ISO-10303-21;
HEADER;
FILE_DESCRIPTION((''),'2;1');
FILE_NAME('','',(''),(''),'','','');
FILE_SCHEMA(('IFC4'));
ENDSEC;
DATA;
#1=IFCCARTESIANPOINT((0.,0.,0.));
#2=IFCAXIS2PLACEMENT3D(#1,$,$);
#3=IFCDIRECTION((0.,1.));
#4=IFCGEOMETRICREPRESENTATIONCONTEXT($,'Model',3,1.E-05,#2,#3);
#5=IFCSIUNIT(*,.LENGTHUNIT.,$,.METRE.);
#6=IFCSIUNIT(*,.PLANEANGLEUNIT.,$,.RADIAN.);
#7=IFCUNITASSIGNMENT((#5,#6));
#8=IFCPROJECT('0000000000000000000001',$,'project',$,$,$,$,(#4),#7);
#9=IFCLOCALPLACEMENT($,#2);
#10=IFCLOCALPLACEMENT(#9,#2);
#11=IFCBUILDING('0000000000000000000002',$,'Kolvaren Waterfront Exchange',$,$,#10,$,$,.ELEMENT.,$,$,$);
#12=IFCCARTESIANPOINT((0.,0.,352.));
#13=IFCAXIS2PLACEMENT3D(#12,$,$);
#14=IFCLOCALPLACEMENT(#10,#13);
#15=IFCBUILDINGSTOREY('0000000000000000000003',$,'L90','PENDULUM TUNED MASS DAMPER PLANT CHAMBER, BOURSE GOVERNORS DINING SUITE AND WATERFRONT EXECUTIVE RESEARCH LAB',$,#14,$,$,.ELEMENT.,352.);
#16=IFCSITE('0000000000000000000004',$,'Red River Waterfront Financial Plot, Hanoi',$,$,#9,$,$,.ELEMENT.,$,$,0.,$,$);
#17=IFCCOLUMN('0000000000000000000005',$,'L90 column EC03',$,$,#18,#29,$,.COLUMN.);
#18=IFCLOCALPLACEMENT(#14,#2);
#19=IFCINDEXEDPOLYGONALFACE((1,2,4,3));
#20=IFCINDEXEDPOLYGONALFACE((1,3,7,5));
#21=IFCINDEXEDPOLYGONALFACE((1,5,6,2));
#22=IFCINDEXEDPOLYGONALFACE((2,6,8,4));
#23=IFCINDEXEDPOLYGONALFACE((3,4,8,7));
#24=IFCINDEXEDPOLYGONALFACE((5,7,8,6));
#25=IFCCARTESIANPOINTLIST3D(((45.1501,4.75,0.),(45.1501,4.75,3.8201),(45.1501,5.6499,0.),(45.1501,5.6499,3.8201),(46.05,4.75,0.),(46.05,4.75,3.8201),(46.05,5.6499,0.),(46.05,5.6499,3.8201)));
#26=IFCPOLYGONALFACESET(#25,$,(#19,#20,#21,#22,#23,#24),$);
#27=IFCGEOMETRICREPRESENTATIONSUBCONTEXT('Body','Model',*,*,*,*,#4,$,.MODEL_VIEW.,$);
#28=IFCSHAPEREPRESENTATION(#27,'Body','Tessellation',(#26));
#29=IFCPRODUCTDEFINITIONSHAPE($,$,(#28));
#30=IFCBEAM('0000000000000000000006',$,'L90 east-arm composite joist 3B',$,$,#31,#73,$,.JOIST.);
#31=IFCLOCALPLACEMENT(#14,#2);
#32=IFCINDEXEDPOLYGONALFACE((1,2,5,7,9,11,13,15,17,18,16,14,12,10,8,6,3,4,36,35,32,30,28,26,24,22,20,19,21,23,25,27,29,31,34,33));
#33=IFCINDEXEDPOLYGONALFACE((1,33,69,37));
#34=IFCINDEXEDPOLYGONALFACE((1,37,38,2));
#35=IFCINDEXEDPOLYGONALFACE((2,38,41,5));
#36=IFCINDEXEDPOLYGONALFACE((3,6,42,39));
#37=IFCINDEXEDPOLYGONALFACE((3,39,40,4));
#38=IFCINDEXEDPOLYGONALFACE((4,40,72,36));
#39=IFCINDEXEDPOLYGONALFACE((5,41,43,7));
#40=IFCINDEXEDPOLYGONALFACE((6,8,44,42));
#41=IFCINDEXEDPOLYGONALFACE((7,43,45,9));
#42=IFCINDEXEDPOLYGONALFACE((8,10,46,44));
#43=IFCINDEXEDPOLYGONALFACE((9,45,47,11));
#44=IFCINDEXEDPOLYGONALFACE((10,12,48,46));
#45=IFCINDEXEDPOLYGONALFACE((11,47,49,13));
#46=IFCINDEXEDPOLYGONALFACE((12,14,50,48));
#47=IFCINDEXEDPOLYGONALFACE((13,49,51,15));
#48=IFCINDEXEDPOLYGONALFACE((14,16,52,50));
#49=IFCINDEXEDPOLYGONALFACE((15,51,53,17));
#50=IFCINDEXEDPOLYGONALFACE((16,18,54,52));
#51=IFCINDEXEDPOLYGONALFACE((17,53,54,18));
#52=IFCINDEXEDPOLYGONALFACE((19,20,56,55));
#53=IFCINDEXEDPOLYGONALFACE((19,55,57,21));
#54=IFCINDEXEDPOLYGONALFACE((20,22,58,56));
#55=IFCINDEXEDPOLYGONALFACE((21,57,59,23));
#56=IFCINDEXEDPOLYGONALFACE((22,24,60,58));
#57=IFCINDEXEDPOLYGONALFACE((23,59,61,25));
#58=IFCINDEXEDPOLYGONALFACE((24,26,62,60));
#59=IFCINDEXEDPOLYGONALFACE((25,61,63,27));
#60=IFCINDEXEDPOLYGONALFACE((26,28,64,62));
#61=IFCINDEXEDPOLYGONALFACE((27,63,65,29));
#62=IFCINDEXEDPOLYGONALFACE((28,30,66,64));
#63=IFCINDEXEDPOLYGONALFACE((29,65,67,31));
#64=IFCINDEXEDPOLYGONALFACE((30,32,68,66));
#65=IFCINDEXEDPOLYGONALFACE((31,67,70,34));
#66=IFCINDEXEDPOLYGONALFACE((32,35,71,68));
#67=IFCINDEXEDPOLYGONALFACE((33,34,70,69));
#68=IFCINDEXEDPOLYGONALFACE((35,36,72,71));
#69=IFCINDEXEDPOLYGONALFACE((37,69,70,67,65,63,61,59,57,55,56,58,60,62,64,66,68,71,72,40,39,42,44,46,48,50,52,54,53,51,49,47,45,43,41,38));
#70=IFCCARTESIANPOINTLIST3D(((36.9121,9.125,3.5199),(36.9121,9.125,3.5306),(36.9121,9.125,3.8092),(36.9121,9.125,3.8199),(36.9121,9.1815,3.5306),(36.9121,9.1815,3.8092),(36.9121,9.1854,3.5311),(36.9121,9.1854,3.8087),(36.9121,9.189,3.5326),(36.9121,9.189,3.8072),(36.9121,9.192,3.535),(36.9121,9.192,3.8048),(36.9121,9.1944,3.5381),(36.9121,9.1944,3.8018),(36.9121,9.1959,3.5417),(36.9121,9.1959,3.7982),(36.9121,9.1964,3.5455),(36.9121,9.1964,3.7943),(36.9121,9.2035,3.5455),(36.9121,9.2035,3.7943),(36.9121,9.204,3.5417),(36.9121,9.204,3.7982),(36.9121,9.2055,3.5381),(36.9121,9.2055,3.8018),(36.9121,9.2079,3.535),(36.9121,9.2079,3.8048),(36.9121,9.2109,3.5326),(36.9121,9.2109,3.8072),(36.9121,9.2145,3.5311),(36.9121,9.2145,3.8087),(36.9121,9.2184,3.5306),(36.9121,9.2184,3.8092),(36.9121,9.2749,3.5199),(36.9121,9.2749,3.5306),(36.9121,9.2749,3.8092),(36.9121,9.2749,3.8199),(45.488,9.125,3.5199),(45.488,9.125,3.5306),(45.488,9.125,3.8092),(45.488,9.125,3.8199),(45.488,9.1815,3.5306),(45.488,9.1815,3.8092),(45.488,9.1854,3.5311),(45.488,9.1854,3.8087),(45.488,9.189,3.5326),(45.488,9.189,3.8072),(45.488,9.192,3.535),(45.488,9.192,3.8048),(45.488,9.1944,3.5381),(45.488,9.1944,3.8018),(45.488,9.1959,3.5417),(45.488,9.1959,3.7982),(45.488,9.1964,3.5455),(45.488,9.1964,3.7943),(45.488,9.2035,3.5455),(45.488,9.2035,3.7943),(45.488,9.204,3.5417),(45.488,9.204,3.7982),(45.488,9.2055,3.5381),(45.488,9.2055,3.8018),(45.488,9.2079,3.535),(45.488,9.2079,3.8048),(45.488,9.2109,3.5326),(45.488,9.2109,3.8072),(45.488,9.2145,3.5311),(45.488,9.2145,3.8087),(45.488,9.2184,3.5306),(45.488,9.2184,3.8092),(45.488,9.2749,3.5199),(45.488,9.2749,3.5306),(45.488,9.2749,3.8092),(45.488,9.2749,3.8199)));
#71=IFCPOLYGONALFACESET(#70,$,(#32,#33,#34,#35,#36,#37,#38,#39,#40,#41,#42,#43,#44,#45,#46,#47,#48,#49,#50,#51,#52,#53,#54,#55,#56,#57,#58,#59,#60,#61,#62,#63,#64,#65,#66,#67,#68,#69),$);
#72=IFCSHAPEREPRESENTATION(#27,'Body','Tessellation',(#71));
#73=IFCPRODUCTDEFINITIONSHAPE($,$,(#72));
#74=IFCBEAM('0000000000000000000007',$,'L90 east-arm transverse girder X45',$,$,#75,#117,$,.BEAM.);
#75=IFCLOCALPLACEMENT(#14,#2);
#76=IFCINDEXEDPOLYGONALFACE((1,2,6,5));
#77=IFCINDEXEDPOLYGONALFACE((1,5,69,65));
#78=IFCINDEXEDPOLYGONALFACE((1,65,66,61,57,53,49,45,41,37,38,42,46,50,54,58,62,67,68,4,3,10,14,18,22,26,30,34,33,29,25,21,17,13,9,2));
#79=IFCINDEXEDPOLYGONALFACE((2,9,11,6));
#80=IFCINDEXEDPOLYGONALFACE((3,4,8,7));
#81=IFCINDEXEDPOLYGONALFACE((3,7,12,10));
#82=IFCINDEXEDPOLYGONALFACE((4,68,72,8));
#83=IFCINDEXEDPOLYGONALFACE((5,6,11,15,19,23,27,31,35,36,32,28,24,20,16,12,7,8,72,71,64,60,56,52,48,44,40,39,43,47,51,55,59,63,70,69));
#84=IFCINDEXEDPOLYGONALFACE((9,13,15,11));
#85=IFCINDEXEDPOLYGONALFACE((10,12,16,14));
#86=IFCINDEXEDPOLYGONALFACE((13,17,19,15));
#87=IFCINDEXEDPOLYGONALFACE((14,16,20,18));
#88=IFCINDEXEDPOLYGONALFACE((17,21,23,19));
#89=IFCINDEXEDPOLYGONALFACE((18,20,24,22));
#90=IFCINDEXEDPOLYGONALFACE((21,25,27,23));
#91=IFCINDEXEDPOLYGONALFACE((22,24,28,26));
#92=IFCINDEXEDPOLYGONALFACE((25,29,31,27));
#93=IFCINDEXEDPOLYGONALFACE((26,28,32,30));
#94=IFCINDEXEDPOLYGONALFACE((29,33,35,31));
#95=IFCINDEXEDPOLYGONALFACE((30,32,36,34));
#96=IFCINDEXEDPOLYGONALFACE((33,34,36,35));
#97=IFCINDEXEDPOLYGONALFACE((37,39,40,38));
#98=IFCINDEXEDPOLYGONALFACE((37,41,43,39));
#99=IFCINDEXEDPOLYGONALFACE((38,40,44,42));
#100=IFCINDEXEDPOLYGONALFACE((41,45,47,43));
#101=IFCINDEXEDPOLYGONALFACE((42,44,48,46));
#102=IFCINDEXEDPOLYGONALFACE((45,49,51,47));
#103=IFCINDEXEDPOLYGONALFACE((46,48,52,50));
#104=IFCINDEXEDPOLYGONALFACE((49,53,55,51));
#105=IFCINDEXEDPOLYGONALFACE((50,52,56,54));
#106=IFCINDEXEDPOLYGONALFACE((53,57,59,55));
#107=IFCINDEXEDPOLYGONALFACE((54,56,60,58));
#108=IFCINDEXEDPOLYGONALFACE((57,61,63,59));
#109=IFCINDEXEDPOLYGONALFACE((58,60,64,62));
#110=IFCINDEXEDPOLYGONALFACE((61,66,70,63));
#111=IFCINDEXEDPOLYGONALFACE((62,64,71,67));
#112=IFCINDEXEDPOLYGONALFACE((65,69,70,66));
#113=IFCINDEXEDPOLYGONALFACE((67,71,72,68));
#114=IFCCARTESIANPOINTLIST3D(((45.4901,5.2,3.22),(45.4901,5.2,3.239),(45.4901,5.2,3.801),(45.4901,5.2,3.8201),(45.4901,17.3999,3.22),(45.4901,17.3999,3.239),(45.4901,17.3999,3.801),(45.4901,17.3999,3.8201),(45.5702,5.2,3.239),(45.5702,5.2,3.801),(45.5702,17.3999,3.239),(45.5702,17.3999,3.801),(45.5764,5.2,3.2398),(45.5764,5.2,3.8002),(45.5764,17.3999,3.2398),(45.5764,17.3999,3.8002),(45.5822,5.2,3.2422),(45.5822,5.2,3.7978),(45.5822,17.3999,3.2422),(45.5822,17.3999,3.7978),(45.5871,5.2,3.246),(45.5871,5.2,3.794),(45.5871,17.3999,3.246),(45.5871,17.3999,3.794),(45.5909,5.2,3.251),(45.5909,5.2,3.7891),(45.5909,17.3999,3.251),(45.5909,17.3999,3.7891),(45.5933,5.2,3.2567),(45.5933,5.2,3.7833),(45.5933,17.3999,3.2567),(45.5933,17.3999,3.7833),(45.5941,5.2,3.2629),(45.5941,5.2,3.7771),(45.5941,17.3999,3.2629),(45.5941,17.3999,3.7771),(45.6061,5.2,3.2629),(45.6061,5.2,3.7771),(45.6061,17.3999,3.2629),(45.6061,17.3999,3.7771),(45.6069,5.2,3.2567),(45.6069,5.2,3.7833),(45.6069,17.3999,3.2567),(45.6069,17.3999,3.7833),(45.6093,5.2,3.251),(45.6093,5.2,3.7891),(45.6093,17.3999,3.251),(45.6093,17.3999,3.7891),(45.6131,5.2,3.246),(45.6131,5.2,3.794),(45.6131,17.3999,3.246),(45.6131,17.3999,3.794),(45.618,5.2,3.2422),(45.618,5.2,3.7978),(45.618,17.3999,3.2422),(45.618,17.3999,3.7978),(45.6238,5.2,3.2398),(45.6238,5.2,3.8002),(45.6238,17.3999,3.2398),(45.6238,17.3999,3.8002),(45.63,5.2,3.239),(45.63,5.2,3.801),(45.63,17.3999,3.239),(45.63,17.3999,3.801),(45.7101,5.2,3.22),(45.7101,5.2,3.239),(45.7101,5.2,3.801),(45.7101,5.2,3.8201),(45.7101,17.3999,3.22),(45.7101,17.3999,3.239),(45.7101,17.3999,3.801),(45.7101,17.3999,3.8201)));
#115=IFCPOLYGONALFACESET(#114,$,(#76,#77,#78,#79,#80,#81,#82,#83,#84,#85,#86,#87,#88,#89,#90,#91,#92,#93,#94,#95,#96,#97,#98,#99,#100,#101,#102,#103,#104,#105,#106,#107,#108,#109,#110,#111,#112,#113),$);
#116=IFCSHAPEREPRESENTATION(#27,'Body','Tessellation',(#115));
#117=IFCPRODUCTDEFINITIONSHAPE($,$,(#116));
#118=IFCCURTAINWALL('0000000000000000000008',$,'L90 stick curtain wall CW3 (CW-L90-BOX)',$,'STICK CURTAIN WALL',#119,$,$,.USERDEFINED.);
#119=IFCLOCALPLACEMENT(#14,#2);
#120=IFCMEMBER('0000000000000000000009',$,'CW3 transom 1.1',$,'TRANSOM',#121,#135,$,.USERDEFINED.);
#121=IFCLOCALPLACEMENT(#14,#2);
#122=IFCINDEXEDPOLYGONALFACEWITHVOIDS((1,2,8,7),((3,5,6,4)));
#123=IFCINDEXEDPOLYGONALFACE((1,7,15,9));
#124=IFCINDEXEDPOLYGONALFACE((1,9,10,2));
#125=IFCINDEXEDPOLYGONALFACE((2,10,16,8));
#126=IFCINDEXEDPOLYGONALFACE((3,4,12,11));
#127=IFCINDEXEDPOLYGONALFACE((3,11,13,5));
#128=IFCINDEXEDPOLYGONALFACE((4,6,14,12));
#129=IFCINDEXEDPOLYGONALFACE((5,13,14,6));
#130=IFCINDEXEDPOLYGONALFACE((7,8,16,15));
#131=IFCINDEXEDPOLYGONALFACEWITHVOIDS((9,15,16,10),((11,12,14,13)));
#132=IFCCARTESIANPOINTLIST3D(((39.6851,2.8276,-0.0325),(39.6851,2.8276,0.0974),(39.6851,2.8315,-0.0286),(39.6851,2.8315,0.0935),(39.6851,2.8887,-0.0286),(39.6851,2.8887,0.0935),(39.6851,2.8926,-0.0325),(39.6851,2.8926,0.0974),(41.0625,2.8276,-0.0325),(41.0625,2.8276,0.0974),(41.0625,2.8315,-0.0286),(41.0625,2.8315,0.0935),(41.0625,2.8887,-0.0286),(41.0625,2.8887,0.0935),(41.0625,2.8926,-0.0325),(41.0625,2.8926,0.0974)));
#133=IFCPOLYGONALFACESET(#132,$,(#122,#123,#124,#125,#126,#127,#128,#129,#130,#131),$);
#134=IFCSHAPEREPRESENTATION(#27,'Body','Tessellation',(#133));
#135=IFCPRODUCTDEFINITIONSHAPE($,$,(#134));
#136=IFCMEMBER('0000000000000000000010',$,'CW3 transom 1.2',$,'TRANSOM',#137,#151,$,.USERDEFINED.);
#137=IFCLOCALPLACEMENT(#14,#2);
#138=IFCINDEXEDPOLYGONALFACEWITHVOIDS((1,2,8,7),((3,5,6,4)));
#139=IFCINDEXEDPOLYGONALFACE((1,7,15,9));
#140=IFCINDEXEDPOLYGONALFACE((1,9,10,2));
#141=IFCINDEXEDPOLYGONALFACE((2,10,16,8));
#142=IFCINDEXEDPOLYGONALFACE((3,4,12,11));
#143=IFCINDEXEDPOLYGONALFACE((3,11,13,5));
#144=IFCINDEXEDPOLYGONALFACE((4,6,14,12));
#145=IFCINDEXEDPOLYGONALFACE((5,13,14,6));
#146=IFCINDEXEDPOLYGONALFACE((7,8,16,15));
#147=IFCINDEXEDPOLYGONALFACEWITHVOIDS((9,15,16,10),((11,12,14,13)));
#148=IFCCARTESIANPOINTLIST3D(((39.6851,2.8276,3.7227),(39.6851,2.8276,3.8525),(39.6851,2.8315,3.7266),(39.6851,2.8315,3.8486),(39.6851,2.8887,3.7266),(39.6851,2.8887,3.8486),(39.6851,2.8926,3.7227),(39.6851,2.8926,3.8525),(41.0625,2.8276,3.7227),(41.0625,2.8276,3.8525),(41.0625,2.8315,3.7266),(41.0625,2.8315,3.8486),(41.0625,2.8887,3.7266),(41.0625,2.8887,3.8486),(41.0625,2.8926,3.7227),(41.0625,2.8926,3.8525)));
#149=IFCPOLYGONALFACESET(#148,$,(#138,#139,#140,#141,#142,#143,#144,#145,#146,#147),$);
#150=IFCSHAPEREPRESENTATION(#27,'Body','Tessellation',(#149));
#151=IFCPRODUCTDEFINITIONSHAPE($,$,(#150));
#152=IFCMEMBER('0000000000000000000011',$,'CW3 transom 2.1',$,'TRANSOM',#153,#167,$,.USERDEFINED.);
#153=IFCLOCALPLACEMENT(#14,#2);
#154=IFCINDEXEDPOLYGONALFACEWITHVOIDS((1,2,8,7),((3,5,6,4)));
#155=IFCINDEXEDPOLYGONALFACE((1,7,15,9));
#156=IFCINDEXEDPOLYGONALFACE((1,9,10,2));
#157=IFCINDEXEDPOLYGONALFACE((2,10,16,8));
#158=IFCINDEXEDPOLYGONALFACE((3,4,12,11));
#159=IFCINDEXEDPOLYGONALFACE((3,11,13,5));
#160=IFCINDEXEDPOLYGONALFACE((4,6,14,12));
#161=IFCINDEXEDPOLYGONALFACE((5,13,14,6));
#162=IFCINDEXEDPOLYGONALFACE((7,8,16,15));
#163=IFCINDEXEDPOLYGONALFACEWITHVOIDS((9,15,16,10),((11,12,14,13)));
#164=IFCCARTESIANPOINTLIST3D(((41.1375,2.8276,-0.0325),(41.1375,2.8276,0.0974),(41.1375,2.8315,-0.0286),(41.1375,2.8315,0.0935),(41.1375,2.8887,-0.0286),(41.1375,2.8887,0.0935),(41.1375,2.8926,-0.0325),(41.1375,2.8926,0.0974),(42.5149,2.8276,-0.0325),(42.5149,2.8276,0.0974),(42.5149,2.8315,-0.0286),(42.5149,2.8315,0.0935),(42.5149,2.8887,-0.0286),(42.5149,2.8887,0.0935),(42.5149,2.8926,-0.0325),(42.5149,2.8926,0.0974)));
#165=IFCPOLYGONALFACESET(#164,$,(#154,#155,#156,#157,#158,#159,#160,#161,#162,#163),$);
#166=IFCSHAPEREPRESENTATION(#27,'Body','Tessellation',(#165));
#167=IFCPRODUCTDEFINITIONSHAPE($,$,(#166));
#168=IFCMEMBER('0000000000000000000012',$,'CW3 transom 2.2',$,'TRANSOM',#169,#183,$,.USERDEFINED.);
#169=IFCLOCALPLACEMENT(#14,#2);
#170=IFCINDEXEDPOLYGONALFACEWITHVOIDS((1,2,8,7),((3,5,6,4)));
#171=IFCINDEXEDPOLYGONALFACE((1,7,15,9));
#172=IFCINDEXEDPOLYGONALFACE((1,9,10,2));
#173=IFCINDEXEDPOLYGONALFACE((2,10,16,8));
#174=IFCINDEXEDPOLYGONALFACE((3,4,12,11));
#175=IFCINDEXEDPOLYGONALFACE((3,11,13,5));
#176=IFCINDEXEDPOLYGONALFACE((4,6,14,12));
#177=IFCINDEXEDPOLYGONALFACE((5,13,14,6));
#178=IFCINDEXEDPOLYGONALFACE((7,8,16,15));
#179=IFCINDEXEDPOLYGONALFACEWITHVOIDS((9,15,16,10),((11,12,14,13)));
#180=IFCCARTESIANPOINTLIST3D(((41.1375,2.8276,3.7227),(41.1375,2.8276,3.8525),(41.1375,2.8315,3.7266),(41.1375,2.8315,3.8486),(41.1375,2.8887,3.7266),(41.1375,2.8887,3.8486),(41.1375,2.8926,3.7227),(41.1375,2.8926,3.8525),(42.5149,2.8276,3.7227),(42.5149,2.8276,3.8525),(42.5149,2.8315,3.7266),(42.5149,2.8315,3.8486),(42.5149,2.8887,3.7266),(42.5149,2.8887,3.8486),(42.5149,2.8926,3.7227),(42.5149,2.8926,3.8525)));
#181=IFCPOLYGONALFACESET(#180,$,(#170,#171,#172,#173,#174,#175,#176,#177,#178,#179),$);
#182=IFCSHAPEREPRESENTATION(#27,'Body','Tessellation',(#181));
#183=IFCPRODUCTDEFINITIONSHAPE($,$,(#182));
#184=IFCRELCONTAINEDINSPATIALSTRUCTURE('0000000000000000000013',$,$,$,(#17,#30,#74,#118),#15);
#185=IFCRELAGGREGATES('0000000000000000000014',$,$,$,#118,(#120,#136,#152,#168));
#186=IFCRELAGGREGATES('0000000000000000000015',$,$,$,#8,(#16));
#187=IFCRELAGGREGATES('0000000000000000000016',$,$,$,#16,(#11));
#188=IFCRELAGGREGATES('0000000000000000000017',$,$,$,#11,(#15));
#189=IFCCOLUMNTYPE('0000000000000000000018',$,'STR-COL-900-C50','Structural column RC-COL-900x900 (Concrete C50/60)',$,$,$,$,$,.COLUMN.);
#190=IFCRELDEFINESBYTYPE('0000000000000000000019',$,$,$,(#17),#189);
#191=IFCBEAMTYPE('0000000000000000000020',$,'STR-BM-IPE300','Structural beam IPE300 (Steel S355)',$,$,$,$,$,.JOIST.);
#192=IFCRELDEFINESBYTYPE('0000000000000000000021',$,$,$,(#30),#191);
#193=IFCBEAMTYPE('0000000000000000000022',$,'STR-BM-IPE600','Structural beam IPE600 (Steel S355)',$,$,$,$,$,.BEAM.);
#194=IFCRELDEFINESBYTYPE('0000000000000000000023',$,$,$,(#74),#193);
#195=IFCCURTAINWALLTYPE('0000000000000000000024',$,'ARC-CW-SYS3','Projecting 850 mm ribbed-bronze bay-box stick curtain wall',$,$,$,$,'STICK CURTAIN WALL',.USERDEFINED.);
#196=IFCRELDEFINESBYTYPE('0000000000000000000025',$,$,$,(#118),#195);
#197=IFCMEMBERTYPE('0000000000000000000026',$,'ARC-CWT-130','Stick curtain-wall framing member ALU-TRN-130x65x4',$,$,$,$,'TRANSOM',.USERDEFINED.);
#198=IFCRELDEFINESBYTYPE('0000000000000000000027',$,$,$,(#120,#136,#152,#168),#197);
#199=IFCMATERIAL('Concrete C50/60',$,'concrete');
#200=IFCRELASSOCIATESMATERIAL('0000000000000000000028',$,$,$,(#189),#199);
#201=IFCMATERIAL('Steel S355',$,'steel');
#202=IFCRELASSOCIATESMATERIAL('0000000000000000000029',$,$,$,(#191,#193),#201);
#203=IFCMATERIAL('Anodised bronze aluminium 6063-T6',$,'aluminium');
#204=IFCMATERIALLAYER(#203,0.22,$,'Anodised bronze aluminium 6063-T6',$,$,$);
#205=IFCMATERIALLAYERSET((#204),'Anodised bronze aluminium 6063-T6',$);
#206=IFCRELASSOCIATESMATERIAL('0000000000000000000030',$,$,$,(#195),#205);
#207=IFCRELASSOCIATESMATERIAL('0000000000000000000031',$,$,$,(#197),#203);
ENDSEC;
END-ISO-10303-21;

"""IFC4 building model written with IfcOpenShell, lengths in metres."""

from ifc_helpers import new_model, si_unit, direction, frame, origin, origin_with_axes, origin_2d, place, context, subcontext, project, spatial, rectangle, hollow_rectangle, i_section, extrude, source, transform, mapped, material, layer, layer_set, material_profile, profile_set, type_object, element, aggregate, save


model = new_model("IFC4")

# Units and contexts
model_context = context("Model", 3, precision=1e-05, world=origin(), true_north=direction((0.0, 1.0)))
body_context = subcontext(model_context, "Body", "Model", "MODEL_VIEW")
ifc_project = project(units=[si_unit("LENGTHUNIT", "METRE"), si_unit("PLANEANGLEUNIT", "RADIAN")], contexts=[model_context])

# Site, building, storey
site_placement = place(None, origin())
site = spatial("IfcSite", under=ifc_project, at=site_placement, Name="Red River Waterfront Financial Plot, Hanoi", CompositionType="ELEMENT", RefElevation=0.0)
building_placement = place(site_placement, origin())
building = spatial("IfcBuilding", under=site, at=building_placement, Name="Kolvaren Waterfront Exchange", CompositionType="ELEMENT")
storey_placement = place(building_placement, frame((0.0, 0.0, 352.0)))
storey = spatial("IfcBuildingStorey", under=building, at=storey_placement, Name="L90", Description="PENDULUM TUNED MASS DAMPER PLANT CHAMBER, BOURSE GOVERNORS DINING SUITE AND WATERFRONT EXECUTIVE RESEARCH LAB", CompositionType="ELEMENT", Elevation=352.0)

# Column
ifc_material_1 = material(Name="Concrete C50/60", Category="concrete")
ifc_material_profile_1 = material_profile(ifc_material_1, rectangle(XDim=0.8999, YDim=0.8999, at=origin_2d()), Name="RC-COL-900x900")
ifc_profile_set_1 = profile_set([ifc_material_profile_1], Name="Concrete C50/60")
column_type = type_object("IfcColumnType", Name="STR-COL-900-C50", Description="Structural column RC-COL-900x900 (Concrete C50/60)", PredefinedType="COLUMN", material=ifc_profile_set_1)
column_placement = place(storey_placement, frame((45.6001, 5.2, 0.0), z_axis=(0.0, 0.0, 1.0), x_axis=(1.0, 0.0, 0.0)))
element("IfcColumn", 1, at=column_placement, inside=storey, type_object=column_type, Name="L90 column EC03", PredefinedType="COLUMN", context=body_context, shape_type="SweptSolid", body=[
    extrude(rectangle(XDim=0.8999, YDim=0.8999, at=origin_2d()), origin(), (0.0, 0.0, 1.0), 3.8201),
])

# Beams
ifc_material_2 = material(Name="Steel S355", Category="steel")
ifc_material_profile_2 = material_profile(ifc_material_2, i_section(OverallWidth=0.1499, OverallDepth=0.3, WebThickness=0.0071, FlangeThickness=0.0107, FilletRadius=0.0149, at=origin_2d()), Name="IPE300")
ifc_profile_set_2 = profile_set([ifc_material_profile_2], Name="Steel S355")
beam_type_1 = type_object("IfcBeamType", Name="STR-BM-IPE300", Description="Structural beam IPE300 (Steel S355)", PredefinedType="JOIST", material=ifc_profile_set_2)
beam_1_placement = place(storey_placement, frame((36.9121, 9.2, 3.6699), z_axis=(1.0, 0.0, 0.0), x_axis=(0.0, 1.0, 0.0)))
element("IfcBeam", 2, at=beam_1_placement, inside=storey, type_object=beam_type_1, Name="L90 east-arm composite joist 3B", PredefinedType="JOIST", context=body_context, shape_type="SweptSolid", body=[
    extrude(i_section(OverallWidth=0.1499, OverallDepth=0.3, WebThickness=0.0071, FlangeThickness=0.0107, FilletRadius=0.0149, at=origin_2d()), origin(), (0.0, 0.0, 1.0), 8.5759),
])
ifc_material_profile_3 = material_profile(ifc_material_2, i_section(OverallWidth=0.22, OverallDepth=0.6001, WebThickness=0.012, FlangeThickness=0.019, FilletRadius=0.0239, at=origin_2d()), Name="IPE600")
ifc_profile_set_3 = profile_set([ifc_material_profile_3], Name="Steel S355")
beam_type_2 = type_object("IfcBeamType", Name="STR-BM-IPE600", Description="Structural beam IPE600 (Steel S355)", PredefinedType="BEAM", material=ifc_profile_set_3)
beam_2_placement = place(storey_placement, frame((45.6001, 5.2, 3.52), z_axis=(0.0, 1.0, 0.0), x_axis=(-1.0, 0.0, 0.0)))
element("IfcBeam", 3, at=beam_2_placement, inside=storey, type_object=beam_type_2, Name="L90 east-arm transverse girder X45", PredefinedType="BEAM", context=body_context, shape_type="SweptSolid", body=[
    extrude(i_section(OverallWidth=0.22, OverallDepth=0.6001, WebThickness=0.012, FlangeThickness=0.019, FilletRadius=0.0239, at=origin_2d()), origin(), (0.0, 0.0, 1.0), 12.2),
])

# Curtain wall, members
ifc_material_3 = material(Name="Anodised bronze aluminium 6063-T6", Category="aluminium")
ifc_layer_1 = layer(ifc_material_3, 0.22, Name="Anodised bronze aluminium 6063-T6")
ifc_layer_set_1 = layer_set([ifc_layer_1], Name="Anodised bronze aluminium 6063-T6")
curtain_wall_type_1 = type_object("IfcCurtainWallType", Name="ARC-CW-SYS3", Description="Projecting 850 mm ribbed-bronze bay-box stick curtain wall", ElementType="STICK CURTAIN WALL", PredefinedType="USERDEFINED", material=ifc_layer_set_1)
curtain_wall_1_placement = place(storey_placement, origin())
curtain_wall_1 = element("IfcCurtainWall", 4, at=curtain_wall_1_placement, inside=storey, type_object=curtain_wall_type_1, Name="L90 stick curtain wall CW3 (CW-L90-BOX)", ObjectType="STICK CURTAIN WALL", PredefinedType="USERDEFINED")
ifc_material_profile_4 = material_profile(ifc_material_3, hollow_rectangle(XDim=0.0649, YDim=0.1299, WallThickness=0.0039, at=origin_2d()), Name="ALU-TRN-130x65x4")
ifc_profile_set_4 = profile_set([ifc_material_profile_4], Name="Anodised bronze aluminium 6063-T6")
member_type_1 = type_object("IfcMemberType", Name="ARC-CWT-130", Description="Stick curtain-wall framing member ALU-TRN-130x65x4", ElementType="TRANSOM", PredefinedType="USERDEFINED", material=ifc_profile_set_4)
shared_shape_1 = source(origin_with_axes(), body_context, "Body", "SweptSolid", [
    extrude(hollow_rectangle(XDim=0.0649, YDim=0.1299, WallThickness=0.0039, at=origin_2d()), origin(), (0.0, 0.0, 1.0), 1.3774),
])
member_1_placement = place(storey_placement, frame((39.6851, 2.8601, 0.0325), z_axis=(1.0, 0.0, 0.0), x_axis=(0.0, 1.0, 0.0)))
member_1 = element("IfcMember", 5, at=member_1_placement, type_object=member_type_1, Name="CW3 transom 1.1", ObjectType="TRANSOM", PredefinedType="USERDEFINED", context=body_context, shape_type="MappedRepresentation", body=[
    mapped(shared_shape_1, transform((0.0, 0.0, 0.0), x_axis=(1.0, 0.0, 0.0), y_axis=(0.0, 1.0, 0.0), z_axis=(0.0, 0.0, 1.0), scale=1.0)),
])
member_2_placement = place(storey_placement, frame((39.6851, 2.8601, 3.7876), z_axis=(1.0, 0.0, 0.0), x_axis=(0.0, 1.0, 0.0)))
member_2 = element("IfcMember", 6, at=member_2_placement, type_object=member_type_1, Name="CW3 transom 1.2", ObjectType="TRANSOM", PredefinedType="USERDEFINED", context=body_context, shape_type="MappedRepresentation", body=[
    mapped(shared_shape_1, transform((0.0, 0.0, 0.0), x_axis=(1.0, 0.0, 0.0), y_axis=(0.0, 1.0, 0.0), z_axis=(0.0, 0.0, 1.0), scale=1.0)),
])
member_3_placement = place(storey_placement, frame((41.1375, 2.8601, 0.0325), z_axis=(1.0, 0.0, 0.0), x_axis=(0.0, 1.0, 0.0)))
member_3 = element("IfcMember", 7, at=member_3_placement, type_object=member_type_1, Name="CW3 transom 2.1", ObjectType="TRANSOM", PredefinedType="USERDEFINED", context=body_context, shape_type="MappedRepresentation", body=[
    mapped(shared_shape_1, transform((0.0, 0.0, 0.0), x_axis=(1.0, 0.0, 0.0), y_axis=(0.0, 1.0, 0.0), z_axis=(0.0, 0.0, 1.0), scale=1.0)),
])
member_4_placement = place(storey_placement, frame((41.1375, 2.8601, 3.7876), z_axis=(1.0, 0.0, 0.0), x_axis=(0.0, 1.0, 0.0)))
member_4 = element("IfcMember", 8, at=member_4_placement, type_object=member_type_1, Name="CW3 transom 2.2", ObjectType="TRANSOM", PredefinedType="USERDEFINED", context=body_context, shape_type="MappedRepresentation", body=[
    mapped(shared_shape_1, transform((0.0, 0.0, 0.0), x_axis=(1.0, 0.0, 0.0), y_axis=(0.0, 1.0, 0.0), z_axis=(0.0, 0.0, 1.0), scale=1.0)),
])

aggregate(curtain_wall_1, [member_1, member_2, member_3, member_4])

save(model, "model.ifc")
